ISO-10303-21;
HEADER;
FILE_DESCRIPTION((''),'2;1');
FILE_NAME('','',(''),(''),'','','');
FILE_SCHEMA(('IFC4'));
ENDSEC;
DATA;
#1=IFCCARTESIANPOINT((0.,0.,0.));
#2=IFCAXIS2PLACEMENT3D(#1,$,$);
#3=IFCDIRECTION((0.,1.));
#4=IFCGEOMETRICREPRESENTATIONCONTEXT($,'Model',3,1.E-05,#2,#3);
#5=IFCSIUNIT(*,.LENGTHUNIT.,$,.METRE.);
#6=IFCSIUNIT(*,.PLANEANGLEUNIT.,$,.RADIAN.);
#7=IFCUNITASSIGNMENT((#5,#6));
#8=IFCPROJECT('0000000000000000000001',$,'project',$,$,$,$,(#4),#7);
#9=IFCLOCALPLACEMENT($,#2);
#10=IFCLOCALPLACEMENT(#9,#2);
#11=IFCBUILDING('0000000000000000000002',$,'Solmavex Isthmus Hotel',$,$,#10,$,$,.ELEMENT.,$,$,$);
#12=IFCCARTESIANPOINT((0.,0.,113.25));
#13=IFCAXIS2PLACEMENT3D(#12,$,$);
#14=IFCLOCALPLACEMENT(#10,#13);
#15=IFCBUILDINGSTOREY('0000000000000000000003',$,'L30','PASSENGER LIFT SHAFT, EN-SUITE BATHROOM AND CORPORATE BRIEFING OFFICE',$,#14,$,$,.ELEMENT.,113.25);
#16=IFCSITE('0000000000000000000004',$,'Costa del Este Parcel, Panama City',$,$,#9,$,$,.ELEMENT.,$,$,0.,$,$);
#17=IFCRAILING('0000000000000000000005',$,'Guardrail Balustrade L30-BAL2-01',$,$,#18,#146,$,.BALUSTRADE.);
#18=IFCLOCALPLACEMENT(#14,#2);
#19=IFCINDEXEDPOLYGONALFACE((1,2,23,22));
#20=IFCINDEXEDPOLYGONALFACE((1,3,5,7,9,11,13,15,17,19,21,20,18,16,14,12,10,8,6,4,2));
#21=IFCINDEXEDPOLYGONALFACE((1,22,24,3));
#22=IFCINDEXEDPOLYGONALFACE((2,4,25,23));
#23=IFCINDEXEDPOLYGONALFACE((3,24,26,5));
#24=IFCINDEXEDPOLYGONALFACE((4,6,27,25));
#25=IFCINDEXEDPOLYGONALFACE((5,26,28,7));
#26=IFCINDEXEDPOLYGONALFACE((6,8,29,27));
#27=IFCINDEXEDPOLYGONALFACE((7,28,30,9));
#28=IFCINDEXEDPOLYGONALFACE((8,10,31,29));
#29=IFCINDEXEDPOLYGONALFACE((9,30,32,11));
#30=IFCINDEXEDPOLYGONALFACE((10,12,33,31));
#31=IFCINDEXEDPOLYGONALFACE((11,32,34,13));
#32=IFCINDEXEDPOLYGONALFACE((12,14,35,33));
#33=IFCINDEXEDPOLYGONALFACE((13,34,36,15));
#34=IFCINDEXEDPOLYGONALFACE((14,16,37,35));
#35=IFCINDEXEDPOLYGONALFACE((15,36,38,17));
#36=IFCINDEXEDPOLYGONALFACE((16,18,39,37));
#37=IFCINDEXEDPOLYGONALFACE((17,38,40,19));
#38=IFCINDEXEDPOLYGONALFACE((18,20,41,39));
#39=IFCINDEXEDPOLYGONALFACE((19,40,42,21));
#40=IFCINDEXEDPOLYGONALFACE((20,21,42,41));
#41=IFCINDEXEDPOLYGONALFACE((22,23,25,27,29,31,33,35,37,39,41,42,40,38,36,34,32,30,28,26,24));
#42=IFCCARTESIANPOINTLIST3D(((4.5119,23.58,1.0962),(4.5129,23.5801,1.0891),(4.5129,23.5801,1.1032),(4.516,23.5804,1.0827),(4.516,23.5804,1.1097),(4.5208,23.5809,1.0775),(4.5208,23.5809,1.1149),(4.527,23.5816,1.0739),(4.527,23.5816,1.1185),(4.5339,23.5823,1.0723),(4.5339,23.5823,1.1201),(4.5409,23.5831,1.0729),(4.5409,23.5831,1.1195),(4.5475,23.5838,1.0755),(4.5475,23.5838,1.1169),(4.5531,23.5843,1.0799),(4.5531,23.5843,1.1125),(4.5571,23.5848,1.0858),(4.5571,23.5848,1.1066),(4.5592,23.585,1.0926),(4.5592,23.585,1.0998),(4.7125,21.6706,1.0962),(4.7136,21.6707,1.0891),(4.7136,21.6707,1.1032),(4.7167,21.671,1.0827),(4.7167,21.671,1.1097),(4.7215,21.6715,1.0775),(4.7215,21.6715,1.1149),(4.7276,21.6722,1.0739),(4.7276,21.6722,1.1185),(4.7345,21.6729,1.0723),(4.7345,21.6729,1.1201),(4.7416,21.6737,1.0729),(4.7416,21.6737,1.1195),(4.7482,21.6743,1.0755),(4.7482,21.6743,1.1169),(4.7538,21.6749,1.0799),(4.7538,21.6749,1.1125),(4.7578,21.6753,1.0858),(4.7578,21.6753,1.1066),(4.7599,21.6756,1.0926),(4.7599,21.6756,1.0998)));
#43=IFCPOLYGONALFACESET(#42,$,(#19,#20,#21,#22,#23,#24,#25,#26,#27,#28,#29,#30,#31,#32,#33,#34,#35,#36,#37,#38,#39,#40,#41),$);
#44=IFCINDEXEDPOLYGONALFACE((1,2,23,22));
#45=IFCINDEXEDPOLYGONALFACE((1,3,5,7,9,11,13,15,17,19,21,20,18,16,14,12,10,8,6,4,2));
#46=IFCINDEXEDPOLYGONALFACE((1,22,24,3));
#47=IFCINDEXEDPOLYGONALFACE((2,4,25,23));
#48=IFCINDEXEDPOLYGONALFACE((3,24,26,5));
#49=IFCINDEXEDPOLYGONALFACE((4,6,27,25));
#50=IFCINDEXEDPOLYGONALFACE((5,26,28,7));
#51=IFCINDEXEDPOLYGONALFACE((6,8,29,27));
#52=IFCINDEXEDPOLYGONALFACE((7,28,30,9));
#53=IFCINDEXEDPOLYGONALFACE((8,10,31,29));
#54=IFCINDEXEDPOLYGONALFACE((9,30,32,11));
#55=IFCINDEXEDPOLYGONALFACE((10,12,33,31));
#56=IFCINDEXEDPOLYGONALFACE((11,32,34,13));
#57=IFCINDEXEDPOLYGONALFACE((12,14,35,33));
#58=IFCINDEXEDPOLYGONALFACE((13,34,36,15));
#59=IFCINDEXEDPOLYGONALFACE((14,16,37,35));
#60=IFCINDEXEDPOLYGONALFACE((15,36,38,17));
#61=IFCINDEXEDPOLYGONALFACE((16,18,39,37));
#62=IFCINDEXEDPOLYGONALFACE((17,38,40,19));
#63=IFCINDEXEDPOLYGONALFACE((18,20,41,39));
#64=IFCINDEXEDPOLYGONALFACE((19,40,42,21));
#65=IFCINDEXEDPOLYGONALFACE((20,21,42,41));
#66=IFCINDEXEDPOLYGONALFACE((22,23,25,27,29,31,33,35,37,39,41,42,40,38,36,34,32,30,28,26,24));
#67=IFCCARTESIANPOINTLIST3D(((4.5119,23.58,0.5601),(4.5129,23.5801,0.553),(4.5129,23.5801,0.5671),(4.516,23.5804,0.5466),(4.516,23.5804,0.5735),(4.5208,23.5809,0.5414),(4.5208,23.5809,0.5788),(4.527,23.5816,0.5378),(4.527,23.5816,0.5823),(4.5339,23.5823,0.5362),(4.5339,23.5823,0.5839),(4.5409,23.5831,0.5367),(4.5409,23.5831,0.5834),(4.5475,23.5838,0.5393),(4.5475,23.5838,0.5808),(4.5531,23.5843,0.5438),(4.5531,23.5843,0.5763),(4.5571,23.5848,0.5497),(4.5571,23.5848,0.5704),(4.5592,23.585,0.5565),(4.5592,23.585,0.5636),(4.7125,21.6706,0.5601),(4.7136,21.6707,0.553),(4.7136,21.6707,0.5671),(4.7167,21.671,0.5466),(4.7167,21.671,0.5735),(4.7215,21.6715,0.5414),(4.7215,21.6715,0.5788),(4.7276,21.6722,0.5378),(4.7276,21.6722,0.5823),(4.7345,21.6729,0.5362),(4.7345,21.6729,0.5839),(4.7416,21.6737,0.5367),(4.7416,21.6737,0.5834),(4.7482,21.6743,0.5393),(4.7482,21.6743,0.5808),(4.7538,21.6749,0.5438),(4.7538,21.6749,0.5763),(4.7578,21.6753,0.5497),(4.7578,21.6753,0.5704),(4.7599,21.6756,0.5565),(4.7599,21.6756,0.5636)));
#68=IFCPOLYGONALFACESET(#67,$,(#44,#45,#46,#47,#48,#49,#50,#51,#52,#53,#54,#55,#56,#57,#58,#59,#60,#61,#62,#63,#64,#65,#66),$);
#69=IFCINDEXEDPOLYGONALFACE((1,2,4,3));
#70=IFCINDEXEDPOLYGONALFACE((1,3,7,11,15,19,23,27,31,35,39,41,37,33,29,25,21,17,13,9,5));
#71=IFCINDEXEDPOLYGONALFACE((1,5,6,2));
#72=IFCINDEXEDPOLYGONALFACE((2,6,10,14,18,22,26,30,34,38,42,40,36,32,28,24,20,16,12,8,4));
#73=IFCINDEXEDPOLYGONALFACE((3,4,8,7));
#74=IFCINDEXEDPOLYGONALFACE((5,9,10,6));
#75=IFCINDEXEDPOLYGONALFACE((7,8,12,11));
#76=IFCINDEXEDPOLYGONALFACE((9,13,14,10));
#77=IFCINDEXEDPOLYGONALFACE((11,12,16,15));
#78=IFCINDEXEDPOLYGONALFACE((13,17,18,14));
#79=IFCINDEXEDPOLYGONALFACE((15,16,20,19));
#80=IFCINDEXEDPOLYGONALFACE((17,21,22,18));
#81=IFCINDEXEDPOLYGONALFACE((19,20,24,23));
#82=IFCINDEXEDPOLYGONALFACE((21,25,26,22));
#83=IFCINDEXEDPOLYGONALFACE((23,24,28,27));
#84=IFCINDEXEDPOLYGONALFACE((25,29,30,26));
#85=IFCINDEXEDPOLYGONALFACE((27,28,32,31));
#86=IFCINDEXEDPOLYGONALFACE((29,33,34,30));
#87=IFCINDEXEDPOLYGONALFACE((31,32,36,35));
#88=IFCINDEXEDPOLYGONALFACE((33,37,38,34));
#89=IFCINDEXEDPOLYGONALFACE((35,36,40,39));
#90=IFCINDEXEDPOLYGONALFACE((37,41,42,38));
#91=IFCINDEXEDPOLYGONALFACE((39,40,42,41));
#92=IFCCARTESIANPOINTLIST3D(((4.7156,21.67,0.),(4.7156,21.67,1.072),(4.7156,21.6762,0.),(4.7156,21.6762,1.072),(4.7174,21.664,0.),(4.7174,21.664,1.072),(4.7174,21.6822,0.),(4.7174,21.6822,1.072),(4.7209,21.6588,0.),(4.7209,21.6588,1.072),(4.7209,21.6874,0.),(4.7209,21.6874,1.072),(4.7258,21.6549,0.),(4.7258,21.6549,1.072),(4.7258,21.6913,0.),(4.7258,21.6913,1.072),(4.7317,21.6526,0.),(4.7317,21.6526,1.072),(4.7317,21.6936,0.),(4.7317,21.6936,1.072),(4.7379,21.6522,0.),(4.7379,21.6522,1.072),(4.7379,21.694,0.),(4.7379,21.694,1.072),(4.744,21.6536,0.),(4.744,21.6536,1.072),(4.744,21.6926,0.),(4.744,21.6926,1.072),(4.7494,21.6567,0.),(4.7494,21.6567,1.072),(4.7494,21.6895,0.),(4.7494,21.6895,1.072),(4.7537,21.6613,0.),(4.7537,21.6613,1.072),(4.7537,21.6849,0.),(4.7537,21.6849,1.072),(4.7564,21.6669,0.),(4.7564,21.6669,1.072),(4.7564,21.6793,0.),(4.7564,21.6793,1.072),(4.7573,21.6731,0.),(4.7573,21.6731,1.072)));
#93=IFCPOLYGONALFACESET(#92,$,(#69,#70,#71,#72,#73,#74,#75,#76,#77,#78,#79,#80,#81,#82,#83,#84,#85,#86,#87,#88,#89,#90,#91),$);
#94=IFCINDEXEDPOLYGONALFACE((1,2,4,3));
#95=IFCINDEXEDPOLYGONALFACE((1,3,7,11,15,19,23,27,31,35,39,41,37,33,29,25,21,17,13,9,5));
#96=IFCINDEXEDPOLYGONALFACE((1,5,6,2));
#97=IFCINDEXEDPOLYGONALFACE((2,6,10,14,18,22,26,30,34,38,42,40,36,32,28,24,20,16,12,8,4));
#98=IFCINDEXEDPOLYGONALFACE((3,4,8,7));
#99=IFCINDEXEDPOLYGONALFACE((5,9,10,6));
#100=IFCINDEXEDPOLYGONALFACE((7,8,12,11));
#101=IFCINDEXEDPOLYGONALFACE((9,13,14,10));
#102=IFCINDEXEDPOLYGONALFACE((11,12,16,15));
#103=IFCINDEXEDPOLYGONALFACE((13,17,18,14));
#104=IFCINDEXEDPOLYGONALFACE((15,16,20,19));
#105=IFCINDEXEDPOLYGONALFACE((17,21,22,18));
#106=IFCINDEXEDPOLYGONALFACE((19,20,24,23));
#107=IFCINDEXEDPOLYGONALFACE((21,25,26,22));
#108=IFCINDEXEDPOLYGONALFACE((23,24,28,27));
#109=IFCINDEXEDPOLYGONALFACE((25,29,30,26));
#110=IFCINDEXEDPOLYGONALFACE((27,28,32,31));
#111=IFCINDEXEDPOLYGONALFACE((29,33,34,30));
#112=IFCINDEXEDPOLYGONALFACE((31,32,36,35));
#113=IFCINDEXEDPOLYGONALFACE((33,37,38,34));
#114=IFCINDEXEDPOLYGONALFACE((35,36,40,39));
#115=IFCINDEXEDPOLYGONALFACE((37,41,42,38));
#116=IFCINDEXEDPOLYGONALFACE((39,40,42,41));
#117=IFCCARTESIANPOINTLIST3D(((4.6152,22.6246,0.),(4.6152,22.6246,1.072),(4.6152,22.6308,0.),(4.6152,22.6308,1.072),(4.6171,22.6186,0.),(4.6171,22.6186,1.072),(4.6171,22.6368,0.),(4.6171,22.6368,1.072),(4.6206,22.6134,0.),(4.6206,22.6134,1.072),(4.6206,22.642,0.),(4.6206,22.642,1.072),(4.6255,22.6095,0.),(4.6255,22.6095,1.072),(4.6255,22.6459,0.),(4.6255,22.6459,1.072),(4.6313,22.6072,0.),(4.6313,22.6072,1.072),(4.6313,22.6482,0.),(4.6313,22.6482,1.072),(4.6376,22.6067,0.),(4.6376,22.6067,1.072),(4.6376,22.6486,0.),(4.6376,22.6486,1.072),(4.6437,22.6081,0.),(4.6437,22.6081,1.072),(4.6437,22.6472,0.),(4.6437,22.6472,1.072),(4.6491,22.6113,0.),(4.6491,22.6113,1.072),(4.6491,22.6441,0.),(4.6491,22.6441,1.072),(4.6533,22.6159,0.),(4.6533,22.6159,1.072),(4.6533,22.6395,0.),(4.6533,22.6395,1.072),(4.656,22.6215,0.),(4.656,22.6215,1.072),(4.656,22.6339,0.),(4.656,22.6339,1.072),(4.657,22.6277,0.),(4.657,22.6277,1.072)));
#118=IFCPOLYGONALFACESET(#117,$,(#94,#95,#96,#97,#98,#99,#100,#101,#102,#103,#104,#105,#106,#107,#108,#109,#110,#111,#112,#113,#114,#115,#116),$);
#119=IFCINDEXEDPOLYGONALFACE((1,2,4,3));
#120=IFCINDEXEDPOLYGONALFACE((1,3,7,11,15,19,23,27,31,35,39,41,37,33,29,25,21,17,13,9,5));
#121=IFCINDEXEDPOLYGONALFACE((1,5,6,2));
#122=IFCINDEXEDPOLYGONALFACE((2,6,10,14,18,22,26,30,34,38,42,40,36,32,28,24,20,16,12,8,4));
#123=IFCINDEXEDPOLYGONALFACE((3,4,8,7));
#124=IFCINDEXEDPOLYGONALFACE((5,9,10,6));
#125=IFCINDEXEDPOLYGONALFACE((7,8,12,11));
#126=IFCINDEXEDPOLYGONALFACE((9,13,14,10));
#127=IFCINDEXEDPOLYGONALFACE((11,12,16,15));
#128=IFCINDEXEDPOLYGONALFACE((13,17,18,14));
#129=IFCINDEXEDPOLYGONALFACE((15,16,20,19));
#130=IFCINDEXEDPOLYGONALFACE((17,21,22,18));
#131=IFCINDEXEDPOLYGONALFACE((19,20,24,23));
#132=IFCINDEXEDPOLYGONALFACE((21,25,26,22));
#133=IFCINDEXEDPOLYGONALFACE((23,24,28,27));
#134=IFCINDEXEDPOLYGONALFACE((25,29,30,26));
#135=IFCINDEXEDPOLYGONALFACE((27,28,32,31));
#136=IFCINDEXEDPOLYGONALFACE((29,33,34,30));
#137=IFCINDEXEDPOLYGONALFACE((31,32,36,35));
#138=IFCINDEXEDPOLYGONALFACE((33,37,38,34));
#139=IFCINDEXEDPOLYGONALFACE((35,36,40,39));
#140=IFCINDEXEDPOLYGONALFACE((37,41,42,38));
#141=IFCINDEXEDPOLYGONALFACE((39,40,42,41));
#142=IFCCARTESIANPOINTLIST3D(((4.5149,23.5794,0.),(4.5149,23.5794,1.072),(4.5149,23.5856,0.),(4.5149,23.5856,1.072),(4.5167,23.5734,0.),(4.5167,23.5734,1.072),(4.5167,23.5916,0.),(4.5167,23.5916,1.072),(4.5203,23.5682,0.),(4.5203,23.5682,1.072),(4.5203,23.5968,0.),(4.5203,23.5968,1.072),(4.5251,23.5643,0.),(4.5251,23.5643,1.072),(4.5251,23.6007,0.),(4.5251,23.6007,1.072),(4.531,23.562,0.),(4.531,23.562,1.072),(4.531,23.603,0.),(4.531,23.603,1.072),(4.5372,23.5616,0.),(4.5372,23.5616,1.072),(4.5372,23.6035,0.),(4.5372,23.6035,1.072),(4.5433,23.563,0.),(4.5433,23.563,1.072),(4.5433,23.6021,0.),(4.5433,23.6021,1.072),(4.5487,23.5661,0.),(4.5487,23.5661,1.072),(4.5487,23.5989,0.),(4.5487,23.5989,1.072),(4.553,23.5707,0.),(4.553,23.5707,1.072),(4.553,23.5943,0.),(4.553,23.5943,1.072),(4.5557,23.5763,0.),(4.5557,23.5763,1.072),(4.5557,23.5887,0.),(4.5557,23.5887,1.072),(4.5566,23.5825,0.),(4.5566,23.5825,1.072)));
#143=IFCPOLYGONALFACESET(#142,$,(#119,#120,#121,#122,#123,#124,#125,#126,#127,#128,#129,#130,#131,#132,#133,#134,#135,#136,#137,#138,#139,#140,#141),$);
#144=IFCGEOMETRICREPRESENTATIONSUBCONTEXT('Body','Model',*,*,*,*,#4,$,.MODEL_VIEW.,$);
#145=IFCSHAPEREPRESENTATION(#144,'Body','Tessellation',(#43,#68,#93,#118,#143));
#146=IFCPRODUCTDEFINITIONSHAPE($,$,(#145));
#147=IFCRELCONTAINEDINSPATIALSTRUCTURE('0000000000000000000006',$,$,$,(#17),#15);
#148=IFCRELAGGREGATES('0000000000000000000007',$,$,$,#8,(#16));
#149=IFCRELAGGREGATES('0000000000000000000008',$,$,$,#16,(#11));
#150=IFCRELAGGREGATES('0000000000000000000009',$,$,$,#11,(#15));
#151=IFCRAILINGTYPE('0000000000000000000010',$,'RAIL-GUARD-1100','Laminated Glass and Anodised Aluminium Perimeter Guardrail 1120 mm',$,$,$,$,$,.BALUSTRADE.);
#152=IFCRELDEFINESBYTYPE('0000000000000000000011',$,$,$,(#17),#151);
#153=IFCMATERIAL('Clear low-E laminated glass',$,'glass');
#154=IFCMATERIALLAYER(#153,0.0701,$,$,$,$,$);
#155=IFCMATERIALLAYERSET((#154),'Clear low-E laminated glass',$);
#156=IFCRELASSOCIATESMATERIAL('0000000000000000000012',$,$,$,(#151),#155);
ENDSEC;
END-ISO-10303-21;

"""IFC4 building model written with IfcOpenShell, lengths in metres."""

from ifc_helpers import new_model, si_unit, direction, frame, origin, origin_2d, place, context, subcontext, project, spatial, circle, extrude, material, layer, layer_set, type_object, element, save


model = new_model("IFC4")

# Units and contexts
model_context = context("Model", 3, precision=1e-05, world=origin(), true_north=direction((0.0, 1.0)))
body_context = subcontext(model_context, "Body", "Model", "MODEL_VIEW")
ifc_project = project(units=[si_unit("LENGTHUNIT", "METRE"), si_unit("PLANEANGLEUNIT", "RADIAN")], contexts=[model_context])

# Site, building, storey
site_placement = place(None, origin())
site = spatial("IfcSite", under=ifc_project, at=site_placement, Name="Costa del Este Parcel, Panama City", CompositionType="ELEMENT", RefElevation=0.0)
building_placement = place(site_placement, origin())
building = spatial("IfcBuilding", under=site, at=building_placement, Name="Solmavex Isthmus Hotel", CompositionType="ELEMENT")
storey_placement = place(building_placement, frame((0.0, 0.0, 113.25)))
storey = spatial("IfcBuildingStorey", under=building, at=storey_placement, Name="L30", Description="PASSENGER LIFT SHAFT, EN-SUITE BATHROOM AND CORPORATE BRIEFING OFFICE", CompositionType="ELEMENT", Elevation=113.25)

# Shared definitions
ifc_material_1 = material(Name="Clear low-E laminated glass", Category="glass")

# Railing
ifc_layer_1 = layer(ifc_material_1, 0.0701)
ifc_layer_set_1 = layer_set([ifc_layer_1], Name="Clear low-E laminated glass")
railing_type = type_object("IfcRailingType", Name="RAIL-GUARD-1100", Description="Laminated Glass and Anodised Aluminium Perimeter Guardrail 1120 mm", PredefinedType="BALUSTRADE", material=ifc_layer_set_1)
railing_1_placement = place(storey_placement, frame((4.7363, 21.6731, 0.0)))
element("IfcRailing", 1, at=railing_1_placement, inside=storey, type_object=railing_type, Name="Guardrail Balustrade L30-BAL2-01", PredefinedType="BALUSTRADE", context=body_context, shape_type="SweptSolid", body=[
    extrude(circle(Radius=0.0239, at=origin_2d()), frame((0.0, 0.0, 1.0962), z_axis=(-0.104526, 0.994522, 0.0), x_axis=(-0.994522, -0.104526, 0.0)), (0.0, 0.0, 1.0), 1.9199),
    extrude(circle(Radius=0.0239, at=origin_2d()), frame((0.0, 0.0, 0.5601), z_axis=(-0.104526, 0.994522, 0.0), x_axis=(-0.994522, -0.104526, 0.0)), (0.0, 0.0, 1.0), 1.9199),
    extrude(circle(Radius=0.021, at=origin_2d()), origin(), (0.0, 0.0, 1.0), 1.072),
    extrude(circle(Radius=0.021, at=origin_2d()), frame((-0.1003, 0.9546, 0.0)), (0.0, 0.0, 1.0), 1.072),
    extrude(circle(Radius=0.021, at=origin_2d()), frame((-0.2007, 1.9094, 0.0)), (0.0, 0.0, 1.0), 1.072),
])

save(model, "model.ifc")
